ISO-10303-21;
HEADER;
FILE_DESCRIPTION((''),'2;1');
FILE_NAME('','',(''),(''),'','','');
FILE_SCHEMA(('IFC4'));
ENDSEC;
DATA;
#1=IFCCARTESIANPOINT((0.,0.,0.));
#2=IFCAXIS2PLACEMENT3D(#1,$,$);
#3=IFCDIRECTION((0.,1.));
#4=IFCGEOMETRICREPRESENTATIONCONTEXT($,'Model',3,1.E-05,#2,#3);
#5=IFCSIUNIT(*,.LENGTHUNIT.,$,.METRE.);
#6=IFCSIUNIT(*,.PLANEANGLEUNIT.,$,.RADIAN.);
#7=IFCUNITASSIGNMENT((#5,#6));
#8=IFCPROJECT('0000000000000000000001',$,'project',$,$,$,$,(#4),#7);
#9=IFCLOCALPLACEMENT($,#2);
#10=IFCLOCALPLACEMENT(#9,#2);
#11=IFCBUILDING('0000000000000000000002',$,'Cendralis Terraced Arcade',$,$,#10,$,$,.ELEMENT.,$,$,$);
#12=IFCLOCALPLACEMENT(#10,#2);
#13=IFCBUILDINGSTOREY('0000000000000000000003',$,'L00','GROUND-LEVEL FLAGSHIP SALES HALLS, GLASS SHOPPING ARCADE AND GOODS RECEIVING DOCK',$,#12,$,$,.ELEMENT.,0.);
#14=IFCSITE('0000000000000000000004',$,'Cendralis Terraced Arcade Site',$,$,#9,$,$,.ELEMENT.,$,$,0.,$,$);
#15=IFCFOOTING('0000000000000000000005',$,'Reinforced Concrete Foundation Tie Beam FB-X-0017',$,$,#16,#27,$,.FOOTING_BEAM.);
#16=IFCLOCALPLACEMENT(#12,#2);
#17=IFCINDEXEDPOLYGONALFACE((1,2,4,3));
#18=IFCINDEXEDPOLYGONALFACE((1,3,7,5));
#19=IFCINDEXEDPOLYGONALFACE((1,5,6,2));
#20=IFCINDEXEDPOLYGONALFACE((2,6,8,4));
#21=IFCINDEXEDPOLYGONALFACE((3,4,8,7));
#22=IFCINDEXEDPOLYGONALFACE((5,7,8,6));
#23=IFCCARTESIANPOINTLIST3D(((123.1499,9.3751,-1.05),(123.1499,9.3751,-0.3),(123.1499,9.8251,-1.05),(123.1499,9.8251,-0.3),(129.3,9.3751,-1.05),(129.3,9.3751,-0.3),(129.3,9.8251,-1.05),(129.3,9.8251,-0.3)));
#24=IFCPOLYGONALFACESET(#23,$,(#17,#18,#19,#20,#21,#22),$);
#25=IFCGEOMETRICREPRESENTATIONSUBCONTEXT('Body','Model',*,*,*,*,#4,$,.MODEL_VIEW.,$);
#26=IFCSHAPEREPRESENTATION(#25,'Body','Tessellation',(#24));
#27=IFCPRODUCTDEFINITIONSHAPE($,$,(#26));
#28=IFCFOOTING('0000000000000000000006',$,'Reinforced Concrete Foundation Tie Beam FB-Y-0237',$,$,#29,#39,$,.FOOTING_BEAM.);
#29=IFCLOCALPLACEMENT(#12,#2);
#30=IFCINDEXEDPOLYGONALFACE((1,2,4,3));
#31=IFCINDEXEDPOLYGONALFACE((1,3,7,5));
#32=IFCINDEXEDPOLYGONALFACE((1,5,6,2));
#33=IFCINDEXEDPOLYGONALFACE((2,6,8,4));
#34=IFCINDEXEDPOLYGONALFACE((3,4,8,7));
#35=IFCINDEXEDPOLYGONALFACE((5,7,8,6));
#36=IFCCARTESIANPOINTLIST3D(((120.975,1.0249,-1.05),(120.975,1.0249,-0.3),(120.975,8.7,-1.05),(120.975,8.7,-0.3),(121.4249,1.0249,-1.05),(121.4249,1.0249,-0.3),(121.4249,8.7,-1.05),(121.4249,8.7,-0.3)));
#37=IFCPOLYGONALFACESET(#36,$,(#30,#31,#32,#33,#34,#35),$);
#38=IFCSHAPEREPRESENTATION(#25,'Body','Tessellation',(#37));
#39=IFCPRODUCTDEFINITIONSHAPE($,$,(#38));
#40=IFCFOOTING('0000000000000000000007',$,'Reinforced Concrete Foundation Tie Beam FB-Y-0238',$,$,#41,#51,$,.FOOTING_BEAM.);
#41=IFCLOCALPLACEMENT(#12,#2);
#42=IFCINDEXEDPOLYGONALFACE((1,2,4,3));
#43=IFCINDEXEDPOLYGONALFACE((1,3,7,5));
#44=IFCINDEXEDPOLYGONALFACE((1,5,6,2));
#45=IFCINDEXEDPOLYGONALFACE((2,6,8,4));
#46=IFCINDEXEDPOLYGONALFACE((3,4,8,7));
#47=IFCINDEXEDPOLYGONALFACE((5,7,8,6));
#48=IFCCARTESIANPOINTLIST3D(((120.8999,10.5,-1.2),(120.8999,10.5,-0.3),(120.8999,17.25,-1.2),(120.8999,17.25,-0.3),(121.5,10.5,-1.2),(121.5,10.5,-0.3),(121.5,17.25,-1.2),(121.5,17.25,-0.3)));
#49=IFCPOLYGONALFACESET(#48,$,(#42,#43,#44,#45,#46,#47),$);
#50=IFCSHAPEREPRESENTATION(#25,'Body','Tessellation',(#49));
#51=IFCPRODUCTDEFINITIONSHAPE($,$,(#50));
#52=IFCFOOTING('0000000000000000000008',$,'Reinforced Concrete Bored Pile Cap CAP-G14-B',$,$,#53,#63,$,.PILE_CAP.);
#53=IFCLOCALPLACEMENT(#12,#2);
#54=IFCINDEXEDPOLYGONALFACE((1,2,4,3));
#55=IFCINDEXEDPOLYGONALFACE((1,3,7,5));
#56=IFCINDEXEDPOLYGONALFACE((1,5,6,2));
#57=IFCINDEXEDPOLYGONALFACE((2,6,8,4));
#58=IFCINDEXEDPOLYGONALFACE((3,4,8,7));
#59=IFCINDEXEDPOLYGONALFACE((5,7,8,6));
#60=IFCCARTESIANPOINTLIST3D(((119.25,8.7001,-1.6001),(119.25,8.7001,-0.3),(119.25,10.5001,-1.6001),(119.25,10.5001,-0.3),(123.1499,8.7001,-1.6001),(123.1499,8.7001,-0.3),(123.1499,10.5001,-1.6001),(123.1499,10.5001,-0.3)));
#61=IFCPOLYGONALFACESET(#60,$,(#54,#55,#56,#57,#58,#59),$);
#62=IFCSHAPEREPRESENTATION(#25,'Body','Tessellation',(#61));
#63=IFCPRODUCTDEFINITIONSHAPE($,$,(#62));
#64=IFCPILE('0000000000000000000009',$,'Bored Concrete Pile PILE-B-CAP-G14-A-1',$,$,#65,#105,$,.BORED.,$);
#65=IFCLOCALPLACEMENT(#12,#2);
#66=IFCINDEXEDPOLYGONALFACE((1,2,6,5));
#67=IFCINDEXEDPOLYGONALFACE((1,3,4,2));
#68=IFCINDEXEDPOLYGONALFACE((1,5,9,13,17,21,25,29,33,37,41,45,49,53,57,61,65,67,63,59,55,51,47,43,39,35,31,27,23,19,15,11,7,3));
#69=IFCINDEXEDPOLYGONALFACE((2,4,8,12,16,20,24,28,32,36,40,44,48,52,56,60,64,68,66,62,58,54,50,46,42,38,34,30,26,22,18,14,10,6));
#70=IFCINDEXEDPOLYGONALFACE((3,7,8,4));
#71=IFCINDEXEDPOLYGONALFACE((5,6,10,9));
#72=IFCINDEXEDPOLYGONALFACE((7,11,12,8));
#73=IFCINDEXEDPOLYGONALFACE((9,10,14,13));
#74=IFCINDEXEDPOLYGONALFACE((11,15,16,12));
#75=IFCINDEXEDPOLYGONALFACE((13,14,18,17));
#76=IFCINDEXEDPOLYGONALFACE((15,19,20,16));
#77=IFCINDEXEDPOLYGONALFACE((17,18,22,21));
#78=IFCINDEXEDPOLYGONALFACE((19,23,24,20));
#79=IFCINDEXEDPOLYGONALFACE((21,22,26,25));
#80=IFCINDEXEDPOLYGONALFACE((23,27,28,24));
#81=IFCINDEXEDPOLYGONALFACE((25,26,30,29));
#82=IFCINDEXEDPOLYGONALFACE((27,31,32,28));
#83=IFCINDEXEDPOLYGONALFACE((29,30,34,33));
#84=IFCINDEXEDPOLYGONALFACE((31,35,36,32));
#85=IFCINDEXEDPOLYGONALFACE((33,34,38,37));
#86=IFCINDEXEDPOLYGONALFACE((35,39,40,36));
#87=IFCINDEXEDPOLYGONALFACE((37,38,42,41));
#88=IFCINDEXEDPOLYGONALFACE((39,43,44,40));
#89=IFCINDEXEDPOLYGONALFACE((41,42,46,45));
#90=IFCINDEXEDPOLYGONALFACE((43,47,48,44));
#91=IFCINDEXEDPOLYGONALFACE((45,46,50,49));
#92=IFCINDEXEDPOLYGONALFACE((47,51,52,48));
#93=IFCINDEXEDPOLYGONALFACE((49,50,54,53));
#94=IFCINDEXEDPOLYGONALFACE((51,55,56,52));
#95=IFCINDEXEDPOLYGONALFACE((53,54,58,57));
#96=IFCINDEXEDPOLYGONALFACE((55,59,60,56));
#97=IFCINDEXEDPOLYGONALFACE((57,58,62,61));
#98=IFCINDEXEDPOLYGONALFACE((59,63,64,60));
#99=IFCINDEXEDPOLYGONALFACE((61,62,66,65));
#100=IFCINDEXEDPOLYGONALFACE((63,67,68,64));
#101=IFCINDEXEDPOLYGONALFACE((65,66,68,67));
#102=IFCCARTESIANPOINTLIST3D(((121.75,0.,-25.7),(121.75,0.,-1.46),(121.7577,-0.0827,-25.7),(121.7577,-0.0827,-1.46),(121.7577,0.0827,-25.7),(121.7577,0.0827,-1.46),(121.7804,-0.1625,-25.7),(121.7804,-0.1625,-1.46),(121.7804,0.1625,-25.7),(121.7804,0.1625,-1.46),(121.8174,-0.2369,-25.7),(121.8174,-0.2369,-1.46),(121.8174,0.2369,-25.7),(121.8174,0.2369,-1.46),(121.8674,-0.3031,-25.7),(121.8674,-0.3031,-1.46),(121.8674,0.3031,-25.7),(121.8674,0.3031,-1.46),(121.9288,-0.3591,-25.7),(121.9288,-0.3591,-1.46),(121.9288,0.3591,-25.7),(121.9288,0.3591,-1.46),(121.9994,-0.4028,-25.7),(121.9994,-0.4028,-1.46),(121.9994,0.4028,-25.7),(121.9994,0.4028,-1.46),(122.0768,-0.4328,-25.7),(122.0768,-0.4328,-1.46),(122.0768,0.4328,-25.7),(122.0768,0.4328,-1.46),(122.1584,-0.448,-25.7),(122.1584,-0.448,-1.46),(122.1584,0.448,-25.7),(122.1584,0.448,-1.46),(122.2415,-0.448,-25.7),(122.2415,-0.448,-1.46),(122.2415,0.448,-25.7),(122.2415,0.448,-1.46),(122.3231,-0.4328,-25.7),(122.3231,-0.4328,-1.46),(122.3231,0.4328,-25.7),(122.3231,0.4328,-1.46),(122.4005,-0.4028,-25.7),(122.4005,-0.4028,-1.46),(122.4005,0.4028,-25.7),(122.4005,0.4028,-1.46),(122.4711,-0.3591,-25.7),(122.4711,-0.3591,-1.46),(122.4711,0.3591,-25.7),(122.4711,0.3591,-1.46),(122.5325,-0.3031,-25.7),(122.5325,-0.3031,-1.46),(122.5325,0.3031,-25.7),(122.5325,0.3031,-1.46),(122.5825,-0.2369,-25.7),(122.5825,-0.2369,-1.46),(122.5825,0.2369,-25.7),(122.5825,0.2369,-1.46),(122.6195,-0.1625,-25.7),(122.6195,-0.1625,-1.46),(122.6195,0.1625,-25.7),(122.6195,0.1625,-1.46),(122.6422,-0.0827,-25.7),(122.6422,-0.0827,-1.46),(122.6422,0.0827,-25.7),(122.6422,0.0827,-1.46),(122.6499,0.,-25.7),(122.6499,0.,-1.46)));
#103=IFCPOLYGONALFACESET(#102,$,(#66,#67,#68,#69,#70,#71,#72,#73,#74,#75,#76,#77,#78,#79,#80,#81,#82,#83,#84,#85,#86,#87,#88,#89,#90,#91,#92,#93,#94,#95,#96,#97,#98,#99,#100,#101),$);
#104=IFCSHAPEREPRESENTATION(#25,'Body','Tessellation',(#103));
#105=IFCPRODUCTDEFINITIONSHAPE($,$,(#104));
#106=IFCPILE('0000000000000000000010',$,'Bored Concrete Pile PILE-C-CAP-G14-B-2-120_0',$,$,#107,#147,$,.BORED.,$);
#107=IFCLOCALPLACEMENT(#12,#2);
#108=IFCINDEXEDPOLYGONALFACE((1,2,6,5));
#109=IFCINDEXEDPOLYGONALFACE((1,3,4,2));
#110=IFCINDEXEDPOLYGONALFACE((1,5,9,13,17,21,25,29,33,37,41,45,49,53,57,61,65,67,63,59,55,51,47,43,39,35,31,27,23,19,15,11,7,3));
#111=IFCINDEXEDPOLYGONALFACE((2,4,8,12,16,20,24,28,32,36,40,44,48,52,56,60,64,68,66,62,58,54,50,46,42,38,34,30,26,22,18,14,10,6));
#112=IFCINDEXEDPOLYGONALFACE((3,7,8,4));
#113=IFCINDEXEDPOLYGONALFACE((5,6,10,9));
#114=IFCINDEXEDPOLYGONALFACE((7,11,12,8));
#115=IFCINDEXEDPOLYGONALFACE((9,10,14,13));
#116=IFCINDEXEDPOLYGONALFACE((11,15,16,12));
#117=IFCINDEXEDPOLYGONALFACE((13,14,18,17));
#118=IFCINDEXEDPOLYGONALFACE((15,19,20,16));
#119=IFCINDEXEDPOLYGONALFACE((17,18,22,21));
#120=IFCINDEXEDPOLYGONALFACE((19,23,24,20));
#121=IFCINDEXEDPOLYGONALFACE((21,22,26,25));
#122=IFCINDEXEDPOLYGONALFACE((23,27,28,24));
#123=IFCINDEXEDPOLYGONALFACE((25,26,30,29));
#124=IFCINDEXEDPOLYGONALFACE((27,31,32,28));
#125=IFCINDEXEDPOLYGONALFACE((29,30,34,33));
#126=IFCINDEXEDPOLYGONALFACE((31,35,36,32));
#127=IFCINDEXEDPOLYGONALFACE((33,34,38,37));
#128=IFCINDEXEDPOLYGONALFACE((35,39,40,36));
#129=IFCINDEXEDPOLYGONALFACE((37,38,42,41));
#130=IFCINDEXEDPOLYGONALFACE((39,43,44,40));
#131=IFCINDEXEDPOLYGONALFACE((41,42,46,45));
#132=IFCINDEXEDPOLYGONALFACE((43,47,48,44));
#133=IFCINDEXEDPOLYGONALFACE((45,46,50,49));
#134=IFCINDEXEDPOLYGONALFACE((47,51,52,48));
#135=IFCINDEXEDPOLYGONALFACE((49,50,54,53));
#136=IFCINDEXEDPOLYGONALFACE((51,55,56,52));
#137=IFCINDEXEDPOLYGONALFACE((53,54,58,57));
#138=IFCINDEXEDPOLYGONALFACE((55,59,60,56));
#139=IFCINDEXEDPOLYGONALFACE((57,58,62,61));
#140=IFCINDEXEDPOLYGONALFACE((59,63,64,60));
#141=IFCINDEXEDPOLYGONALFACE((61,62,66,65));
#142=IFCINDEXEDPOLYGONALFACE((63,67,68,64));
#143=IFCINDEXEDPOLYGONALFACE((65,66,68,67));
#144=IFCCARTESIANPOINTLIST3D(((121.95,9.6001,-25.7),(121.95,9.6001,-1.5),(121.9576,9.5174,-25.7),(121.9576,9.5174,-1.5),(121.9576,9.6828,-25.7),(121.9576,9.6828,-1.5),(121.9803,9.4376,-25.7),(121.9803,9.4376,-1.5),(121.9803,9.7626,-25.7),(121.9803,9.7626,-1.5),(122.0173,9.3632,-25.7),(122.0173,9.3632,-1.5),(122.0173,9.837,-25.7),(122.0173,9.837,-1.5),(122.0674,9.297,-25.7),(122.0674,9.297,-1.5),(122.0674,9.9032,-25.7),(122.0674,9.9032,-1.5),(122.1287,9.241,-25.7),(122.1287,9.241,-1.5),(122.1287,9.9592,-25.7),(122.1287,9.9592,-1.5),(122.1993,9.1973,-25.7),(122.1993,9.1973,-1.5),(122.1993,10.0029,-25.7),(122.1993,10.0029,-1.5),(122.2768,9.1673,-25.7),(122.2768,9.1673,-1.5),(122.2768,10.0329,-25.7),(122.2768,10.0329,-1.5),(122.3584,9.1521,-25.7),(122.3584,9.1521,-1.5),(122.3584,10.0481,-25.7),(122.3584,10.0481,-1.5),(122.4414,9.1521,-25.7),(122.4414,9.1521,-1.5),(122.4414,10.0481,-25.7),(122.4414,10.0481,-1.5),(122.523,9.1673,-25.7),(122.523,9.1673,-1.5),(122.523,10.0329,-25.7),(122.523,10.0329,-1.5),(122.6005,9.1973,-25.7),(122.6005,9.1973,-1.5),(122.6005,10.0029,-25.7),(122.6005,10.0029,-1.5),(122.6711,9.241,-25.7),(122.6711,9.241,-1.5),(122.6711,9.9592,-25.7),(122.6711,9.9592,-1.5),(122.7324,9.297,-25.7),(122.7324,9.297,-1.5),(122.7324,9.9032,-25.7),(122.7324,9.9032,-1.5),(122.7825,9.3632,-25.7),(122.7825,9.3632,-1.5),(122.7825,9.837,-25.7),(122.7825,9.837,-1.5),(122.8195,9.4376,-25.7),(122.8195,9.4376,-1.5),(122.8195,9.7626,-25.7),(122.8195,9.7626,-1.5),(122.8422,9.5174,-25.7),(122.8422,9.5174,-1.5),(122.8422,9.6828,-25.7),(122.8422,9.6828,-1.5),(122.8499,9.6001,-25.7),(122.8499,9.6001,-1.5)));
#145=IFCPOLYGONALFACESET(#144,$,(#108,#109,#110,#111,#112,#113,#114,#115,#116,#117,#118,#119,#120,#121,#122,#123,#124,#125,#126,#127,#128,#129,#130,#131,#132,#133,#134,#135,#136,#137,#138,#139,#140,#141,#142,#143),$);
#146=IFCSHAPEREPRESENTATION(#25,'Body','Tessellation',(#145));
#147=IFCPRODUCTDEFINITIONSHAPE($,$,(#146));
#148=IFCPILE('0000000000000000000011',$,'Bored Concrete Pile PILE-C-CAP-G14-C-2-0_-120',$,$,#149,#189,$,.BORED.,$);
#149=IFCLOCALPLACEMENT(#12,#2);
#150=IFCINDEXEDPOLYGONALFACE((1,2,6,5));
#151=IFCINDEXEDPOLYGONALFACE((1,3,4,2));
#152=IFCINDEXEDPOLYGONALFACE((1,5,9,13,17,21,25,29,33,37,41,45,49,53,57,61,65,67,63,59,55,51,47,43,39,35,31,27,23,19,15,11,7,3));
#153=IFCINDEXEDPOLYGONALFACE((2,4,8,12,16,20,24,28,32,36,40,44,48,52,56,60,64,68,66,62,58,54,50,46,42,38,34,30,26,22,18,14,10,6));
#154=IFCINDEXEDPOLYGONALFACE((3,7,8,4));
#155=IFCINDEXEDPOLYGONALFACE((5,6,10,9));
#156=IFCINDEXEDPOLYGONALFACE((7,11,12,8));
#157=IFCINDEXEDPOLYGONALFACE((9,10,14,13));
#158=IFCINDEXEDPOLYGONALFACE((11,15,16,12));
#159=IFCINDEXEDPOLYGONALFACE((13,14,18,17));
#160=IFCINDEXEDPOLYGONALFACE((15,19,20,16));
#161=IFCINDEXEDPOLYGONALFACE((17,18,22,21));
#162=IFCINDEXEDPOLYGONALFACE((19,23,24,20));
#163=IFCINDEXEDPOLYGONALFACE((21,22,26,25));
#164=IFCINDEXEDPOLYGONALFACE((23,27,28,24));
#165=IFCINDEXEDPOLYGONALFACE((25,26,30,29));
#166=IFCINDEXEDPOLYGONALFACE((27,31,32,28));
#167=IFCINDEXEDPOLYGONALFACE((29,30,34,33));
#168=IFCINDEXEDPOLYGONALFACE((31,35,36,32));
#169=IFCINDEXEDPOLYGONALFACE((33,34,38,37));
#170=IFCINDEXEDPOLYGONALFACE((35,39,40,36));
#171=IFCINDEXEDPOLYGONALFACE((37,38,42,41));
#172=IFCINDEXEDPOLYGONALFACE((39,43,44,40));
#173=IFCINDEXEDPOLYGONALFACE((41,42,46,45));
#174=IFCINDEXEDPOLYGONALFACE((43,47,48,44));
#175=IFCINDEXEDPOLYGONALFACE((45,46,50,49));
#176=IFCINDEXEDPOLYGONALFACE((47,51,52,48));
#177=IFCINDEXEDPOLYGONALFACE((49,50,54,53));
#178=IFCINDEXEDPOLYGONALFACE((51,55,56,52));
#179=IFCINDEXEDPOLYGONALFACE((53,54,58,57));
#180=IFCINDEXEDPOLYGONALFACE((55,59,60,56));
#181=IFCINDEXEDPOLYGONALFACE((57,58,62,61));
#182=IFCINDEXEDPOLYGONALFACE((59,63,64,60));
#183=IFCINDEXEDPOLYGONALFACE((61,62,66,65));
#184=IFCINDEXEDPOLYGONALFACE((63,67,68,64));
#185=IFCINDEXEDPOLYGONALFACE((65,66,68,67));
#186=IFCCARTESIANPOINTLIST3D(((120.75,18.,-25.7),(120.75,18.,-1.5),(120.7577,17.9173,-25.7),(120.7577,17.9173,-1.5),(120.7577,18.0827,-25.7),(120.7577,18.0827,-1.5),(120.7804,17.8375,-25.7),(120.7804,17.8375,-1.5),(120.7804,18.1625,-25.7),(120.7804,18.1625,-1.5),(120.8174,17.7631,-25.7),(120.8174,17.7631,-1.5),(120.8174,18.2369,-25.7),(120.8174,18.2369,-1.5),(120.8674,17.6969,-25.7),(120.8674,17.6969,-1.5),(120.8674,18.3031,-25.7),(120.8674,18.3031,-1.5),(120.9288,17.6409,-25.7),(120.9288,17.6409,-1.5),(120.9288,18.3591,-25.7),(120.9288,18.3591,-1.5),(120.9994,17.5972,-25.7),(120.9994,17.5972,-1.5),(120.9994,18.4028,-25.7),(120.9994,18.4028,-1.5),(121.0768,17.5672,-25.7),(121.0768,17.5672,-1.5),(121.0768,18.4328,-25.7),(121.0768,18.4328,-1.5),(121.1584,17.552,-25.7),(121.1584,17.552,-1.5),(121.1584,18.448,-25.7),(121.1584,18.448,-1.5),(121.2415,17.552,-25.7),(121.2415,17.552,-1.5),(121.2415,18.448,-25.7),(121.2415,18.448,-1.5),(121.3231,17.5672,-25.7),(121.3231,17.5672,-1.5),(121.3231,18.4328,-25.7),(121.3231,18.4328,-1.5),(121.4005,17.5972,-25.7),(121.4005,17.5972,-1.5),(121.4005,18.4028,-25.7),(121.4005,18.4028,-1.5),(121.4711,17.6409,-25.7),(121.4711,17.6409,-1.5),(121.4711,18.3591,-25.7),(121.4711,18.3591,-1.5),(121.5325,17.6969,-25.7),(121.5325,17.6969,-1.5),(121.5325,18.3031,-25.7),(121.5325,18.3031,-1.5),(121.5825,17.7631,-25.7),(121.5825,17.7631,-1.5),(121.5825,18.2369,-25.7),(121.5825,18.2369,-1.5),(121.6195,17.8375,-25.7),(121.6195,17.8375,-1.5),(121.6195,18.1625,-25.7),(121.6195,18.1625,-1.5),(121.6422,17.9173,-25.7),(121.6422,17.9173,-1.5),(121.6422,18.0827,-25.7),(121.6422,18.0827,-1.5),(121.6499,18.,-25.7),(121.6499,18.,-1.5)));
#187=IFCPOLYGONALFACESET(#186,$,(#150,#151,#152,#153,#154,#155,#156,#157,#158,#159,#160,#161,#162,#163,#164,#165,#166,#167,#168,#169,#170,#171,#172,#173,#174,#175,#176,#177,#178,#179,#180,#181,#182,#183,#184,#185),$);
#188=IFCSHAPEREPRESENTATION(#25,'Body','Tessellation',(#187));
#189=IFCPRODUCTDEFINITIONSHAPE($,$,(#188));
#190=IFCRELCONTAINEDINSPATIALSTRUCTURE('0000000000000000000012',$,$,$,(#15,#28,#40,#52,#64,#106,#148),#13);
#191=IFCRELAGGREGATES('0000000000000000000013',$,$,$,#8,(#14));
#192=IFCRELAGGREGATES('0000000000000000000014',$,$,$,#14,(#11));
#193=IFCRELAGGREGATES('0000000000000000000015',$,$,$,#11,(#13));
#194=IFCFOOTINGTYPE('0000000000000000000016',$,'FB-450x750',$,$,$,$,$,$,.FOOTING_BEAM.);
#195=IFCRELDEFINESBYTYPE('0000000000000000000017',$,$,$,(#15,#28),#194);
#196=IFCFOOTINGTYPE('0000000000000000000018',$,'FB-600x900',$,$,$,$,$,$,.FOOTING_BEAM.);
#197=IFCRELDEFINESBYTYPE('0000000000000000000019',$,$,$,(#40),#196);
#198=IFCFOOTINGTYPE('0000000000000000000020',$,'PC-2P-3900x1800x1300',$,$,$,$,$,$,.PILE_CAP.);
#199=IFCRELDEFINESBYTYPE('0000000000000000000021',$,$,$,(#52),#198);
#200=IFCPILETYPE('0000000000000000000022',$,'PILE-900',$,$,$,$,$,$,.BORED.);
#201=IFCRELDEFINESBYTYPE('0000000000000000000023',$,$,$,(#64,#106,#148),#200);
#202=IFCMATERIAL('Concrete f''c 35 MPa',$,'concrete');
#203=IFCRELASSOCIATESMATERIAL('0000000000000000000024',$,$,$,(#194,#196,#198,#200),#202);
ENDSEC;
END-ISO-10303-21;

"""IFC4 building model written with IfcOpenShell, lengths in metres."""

from ifc_helpers import new_model, si_unit, direction, frame, origin, origin_2d, place, context, subcontext, project, spatial, rectangle, circle, extrude, material, material_profile, profile_set, type_object, element, save


model = new_model("IFC4")

# Units and contexts
model_context = context("Model", 3, precision=1e-05, world=origin(), true_north=direction((0.0, 1.0)))
body_context = subcontext(model_context, "Body", "Model", "MODEL_VIEW")
ifc_project = project(units=[si_unit("LENGTHUNIT", "METRE"), si_unit("PLANEANGLEUNIT", "RADIAN")], contexts=[model_context])

# Site, building, storey
site_placement = place(None, origin())
site = spatial("IfcSite", under=ifc_project, at=site_placement, Name="Cendralis Terraced Arcade Site", CompositionType="ELEMENT", RefElevation=0.0)
building_placement = place(site_placement, origin())
building = spatial("IfcBuilding", under=site, at=building_placement, Name="Cendralis Terraced Arcade", CompositionType="ELEMENT")
storey_placement = place(building_placement, origin())
storey = spatial("IfcBuildingStorey", under=building, at=storey_placement, Name="L00", Description="GROUND-LEVEL FLAGSHIP SALES HALLS, GLASS SHOPPING ARCADE AND GOODS RECEIVING DOCK", CompositionType="ELEMENT", Elevation=0.0)

# Footings
ifc_material_1 = material(Name="Concrete f'c 35 MPa", Category="concrete")
ifc_material_profile_1 = material_profile(ifc_material_1, rectangle(XDim=0.45, YDim=0.75, at=origin_2d()), Name="FB-450x750", Category="LoadBearing")
ifc_profile_set_1 = profile_set([ifc_material_profile_1], Name="Concrete f'c 35 MPa")
footing_type_1 = type_object("IfcFootingType", Name="FB-450x750", PredefinedType="FOOTING_BEAM", material=ifc_profile_set_1)
footing_1_placement = place(storey_placement, frame((123.1499, 9.6001, -0.675), z_axis=(1.0, 0.0, 0.0), x_axis=(0.0, 1.0, 0.0)))
element("IfcFooting", 1, at=footing_1_placement, inside=storey, type_object=footing_type_1, Name="Reinforced Concrete Foundation Tie Beam FB-X-0017", PredefinedType="FOOTING_BEAM", context=body_context, shape_type="SweptSolid", body=[
    extrude(rectangle(XDim=0.45, YDim=0.75, at=origin_2d()), origin(), (0.0, 0.0, 1.0), 6.1501),
])
footing_2_placement = place(storey_placement, frame((121.2, 1.0249, -0.675), z_axis=(0.0, 1.0, 0.0), x_axis=(-1.0, 0.0, 0.0)))
element("IfcFooting", 2, at=footing_2_placement, inside=storey, type_object=footing_type_1, Name="Reinforced Concrete Foundation Tie Beam FB-Y-0237", PredefinedType="FOOTING_BEAM", context=body_context, shape_type="SweptSolid", body=[
    extrude(rectangle(XDim=0.45, YDim=0.75, at=origin_2d()), origin(), (0.0, 0.0, 1.0), 7.675),
])
ifc_material_profile_2 = material_profile(ifc_material_1, rectangle(XDim=0.6001, YDim=0.8999, at=origin_2d()), Name="FB-600x900", Category="LoadBearing")
ifc_profile_set_2 = profile_set([ifc_material_profile_2], Name="Concrete f'c 35 MPa")
footing_type_2 = type_object("IfcFootingType", Name="FB-600x900", PredefinedType="FOOTING_BEAM", material=ifc_profile_set_2)
footing_3_placement = place(storey_placement, frame((121.2, 10.5, -0.75), z_axis=(0.0, 1.0, 0.0), x_axis=(-1.0, 0.0, 0.0)))
element("IfcFooting", 3, at=footing_3_placement, inside=storey, type_object=footing_type_2, Name="Reinforced Concrete Foundation Tie Beam FB-Y-0238", PredefinedType="FOOTING_BEAM", context=body_context, shape_type="SweptSolid", body=[
    extrude(rectangle(XDim=0.6001, YDim=0.8999, at=origin_2d()), origin(), (0.0, 0.0, 1.0), 6.75),
])
footing_type_3 = type_object("IfcFootingType", Name="PC-2P-3900x1800x1300", PredefinedType="PILE_CAP", material=ifc_material_1)
footing_4_placement = place(storey_placement, frame((121.2, 9.6001, -1.6001), z_axis=(0.0, 0.0, 1.0), x_axis=(1.0, 0.0, 0.0)))
element("IfcFooting", 4, at=footing_4_placement, inside=storey, type_object=footing_type_3, Name="Reinforced Concrete Bored Pile Cap CAP-G14-B", PredefinedType="PILE_CAP", context=body_context, shape_type="SweptSolid", body=[
    extrude(rectangle(XDim=3.8999, YDim=1.8, at=origin_2d()), origin(), (0.0, 0.0, 1.0), 1.3),
])

# Piles
ifc_material_profile_3 = material_profile(ifc_material_1, circle(Radius=0.45, at=origin_2d()), Name="PILE-D900", Category="LoadBearing")
ifc_profile_set_3 = profile_set([ifc_material_profile_3], Name="Concrete f'c 35 MPa")
pile_type = type_object("IfcPileType", Name="PILE-900", PredefinedType="BORED", material=ifc_profile_set_3)
pile_placement = place(storey_placement, frame((122.2, 0.0, -1.46), z_axis=(0.0, 0.0, -1.0), x_axis=(1.0, 0.0, 0.0)))
element("IfcPile", 5, at=pile_placement, inside=storey, type_object=pile_type, Name="Bored Concrete Pile PILE-B-CAP-G14-A-1", PredefinedType="BORED", context=body_context, shape_type="SweptSolid", body=[
    extrude(circle(Radius=0.45, at=origin_2d()), origin(), (0.0, 0.0, 1.0), 24.24),
])
for number, where, z_axis, x_axis, name in (
    (6, (122.3999, 9.6001, -1.5), (0.0, 0.0, -1.0), (1.0, 0.0, 0.0), "Bored Concrete Pile PILE-C-CAP-G14-B-2-120_0"),
    (7, (121.2, 18.0, -1.5), (0.0, 0.0, -1.0), (1.0, 0.0, 0.0), "Bored Concrete Pile PILE-C-CAP-G14-C-2-0_-120"),
):
    element("IfcPile", number, at=place(storey_placement, frame(where, z_axis=z_axis, x_axis=x_axis)), inside=storey, type_object=pile_type, Name=name, PredefinedType="BORED", context=body_context, shape_type="SweptSolid", body=[
        extrude(circle(Radius=0.45, at=origin_2d()), origin(), (0.0, 0.0, 1.0), 24.2),
    ])

save(model, "model.ifc")
